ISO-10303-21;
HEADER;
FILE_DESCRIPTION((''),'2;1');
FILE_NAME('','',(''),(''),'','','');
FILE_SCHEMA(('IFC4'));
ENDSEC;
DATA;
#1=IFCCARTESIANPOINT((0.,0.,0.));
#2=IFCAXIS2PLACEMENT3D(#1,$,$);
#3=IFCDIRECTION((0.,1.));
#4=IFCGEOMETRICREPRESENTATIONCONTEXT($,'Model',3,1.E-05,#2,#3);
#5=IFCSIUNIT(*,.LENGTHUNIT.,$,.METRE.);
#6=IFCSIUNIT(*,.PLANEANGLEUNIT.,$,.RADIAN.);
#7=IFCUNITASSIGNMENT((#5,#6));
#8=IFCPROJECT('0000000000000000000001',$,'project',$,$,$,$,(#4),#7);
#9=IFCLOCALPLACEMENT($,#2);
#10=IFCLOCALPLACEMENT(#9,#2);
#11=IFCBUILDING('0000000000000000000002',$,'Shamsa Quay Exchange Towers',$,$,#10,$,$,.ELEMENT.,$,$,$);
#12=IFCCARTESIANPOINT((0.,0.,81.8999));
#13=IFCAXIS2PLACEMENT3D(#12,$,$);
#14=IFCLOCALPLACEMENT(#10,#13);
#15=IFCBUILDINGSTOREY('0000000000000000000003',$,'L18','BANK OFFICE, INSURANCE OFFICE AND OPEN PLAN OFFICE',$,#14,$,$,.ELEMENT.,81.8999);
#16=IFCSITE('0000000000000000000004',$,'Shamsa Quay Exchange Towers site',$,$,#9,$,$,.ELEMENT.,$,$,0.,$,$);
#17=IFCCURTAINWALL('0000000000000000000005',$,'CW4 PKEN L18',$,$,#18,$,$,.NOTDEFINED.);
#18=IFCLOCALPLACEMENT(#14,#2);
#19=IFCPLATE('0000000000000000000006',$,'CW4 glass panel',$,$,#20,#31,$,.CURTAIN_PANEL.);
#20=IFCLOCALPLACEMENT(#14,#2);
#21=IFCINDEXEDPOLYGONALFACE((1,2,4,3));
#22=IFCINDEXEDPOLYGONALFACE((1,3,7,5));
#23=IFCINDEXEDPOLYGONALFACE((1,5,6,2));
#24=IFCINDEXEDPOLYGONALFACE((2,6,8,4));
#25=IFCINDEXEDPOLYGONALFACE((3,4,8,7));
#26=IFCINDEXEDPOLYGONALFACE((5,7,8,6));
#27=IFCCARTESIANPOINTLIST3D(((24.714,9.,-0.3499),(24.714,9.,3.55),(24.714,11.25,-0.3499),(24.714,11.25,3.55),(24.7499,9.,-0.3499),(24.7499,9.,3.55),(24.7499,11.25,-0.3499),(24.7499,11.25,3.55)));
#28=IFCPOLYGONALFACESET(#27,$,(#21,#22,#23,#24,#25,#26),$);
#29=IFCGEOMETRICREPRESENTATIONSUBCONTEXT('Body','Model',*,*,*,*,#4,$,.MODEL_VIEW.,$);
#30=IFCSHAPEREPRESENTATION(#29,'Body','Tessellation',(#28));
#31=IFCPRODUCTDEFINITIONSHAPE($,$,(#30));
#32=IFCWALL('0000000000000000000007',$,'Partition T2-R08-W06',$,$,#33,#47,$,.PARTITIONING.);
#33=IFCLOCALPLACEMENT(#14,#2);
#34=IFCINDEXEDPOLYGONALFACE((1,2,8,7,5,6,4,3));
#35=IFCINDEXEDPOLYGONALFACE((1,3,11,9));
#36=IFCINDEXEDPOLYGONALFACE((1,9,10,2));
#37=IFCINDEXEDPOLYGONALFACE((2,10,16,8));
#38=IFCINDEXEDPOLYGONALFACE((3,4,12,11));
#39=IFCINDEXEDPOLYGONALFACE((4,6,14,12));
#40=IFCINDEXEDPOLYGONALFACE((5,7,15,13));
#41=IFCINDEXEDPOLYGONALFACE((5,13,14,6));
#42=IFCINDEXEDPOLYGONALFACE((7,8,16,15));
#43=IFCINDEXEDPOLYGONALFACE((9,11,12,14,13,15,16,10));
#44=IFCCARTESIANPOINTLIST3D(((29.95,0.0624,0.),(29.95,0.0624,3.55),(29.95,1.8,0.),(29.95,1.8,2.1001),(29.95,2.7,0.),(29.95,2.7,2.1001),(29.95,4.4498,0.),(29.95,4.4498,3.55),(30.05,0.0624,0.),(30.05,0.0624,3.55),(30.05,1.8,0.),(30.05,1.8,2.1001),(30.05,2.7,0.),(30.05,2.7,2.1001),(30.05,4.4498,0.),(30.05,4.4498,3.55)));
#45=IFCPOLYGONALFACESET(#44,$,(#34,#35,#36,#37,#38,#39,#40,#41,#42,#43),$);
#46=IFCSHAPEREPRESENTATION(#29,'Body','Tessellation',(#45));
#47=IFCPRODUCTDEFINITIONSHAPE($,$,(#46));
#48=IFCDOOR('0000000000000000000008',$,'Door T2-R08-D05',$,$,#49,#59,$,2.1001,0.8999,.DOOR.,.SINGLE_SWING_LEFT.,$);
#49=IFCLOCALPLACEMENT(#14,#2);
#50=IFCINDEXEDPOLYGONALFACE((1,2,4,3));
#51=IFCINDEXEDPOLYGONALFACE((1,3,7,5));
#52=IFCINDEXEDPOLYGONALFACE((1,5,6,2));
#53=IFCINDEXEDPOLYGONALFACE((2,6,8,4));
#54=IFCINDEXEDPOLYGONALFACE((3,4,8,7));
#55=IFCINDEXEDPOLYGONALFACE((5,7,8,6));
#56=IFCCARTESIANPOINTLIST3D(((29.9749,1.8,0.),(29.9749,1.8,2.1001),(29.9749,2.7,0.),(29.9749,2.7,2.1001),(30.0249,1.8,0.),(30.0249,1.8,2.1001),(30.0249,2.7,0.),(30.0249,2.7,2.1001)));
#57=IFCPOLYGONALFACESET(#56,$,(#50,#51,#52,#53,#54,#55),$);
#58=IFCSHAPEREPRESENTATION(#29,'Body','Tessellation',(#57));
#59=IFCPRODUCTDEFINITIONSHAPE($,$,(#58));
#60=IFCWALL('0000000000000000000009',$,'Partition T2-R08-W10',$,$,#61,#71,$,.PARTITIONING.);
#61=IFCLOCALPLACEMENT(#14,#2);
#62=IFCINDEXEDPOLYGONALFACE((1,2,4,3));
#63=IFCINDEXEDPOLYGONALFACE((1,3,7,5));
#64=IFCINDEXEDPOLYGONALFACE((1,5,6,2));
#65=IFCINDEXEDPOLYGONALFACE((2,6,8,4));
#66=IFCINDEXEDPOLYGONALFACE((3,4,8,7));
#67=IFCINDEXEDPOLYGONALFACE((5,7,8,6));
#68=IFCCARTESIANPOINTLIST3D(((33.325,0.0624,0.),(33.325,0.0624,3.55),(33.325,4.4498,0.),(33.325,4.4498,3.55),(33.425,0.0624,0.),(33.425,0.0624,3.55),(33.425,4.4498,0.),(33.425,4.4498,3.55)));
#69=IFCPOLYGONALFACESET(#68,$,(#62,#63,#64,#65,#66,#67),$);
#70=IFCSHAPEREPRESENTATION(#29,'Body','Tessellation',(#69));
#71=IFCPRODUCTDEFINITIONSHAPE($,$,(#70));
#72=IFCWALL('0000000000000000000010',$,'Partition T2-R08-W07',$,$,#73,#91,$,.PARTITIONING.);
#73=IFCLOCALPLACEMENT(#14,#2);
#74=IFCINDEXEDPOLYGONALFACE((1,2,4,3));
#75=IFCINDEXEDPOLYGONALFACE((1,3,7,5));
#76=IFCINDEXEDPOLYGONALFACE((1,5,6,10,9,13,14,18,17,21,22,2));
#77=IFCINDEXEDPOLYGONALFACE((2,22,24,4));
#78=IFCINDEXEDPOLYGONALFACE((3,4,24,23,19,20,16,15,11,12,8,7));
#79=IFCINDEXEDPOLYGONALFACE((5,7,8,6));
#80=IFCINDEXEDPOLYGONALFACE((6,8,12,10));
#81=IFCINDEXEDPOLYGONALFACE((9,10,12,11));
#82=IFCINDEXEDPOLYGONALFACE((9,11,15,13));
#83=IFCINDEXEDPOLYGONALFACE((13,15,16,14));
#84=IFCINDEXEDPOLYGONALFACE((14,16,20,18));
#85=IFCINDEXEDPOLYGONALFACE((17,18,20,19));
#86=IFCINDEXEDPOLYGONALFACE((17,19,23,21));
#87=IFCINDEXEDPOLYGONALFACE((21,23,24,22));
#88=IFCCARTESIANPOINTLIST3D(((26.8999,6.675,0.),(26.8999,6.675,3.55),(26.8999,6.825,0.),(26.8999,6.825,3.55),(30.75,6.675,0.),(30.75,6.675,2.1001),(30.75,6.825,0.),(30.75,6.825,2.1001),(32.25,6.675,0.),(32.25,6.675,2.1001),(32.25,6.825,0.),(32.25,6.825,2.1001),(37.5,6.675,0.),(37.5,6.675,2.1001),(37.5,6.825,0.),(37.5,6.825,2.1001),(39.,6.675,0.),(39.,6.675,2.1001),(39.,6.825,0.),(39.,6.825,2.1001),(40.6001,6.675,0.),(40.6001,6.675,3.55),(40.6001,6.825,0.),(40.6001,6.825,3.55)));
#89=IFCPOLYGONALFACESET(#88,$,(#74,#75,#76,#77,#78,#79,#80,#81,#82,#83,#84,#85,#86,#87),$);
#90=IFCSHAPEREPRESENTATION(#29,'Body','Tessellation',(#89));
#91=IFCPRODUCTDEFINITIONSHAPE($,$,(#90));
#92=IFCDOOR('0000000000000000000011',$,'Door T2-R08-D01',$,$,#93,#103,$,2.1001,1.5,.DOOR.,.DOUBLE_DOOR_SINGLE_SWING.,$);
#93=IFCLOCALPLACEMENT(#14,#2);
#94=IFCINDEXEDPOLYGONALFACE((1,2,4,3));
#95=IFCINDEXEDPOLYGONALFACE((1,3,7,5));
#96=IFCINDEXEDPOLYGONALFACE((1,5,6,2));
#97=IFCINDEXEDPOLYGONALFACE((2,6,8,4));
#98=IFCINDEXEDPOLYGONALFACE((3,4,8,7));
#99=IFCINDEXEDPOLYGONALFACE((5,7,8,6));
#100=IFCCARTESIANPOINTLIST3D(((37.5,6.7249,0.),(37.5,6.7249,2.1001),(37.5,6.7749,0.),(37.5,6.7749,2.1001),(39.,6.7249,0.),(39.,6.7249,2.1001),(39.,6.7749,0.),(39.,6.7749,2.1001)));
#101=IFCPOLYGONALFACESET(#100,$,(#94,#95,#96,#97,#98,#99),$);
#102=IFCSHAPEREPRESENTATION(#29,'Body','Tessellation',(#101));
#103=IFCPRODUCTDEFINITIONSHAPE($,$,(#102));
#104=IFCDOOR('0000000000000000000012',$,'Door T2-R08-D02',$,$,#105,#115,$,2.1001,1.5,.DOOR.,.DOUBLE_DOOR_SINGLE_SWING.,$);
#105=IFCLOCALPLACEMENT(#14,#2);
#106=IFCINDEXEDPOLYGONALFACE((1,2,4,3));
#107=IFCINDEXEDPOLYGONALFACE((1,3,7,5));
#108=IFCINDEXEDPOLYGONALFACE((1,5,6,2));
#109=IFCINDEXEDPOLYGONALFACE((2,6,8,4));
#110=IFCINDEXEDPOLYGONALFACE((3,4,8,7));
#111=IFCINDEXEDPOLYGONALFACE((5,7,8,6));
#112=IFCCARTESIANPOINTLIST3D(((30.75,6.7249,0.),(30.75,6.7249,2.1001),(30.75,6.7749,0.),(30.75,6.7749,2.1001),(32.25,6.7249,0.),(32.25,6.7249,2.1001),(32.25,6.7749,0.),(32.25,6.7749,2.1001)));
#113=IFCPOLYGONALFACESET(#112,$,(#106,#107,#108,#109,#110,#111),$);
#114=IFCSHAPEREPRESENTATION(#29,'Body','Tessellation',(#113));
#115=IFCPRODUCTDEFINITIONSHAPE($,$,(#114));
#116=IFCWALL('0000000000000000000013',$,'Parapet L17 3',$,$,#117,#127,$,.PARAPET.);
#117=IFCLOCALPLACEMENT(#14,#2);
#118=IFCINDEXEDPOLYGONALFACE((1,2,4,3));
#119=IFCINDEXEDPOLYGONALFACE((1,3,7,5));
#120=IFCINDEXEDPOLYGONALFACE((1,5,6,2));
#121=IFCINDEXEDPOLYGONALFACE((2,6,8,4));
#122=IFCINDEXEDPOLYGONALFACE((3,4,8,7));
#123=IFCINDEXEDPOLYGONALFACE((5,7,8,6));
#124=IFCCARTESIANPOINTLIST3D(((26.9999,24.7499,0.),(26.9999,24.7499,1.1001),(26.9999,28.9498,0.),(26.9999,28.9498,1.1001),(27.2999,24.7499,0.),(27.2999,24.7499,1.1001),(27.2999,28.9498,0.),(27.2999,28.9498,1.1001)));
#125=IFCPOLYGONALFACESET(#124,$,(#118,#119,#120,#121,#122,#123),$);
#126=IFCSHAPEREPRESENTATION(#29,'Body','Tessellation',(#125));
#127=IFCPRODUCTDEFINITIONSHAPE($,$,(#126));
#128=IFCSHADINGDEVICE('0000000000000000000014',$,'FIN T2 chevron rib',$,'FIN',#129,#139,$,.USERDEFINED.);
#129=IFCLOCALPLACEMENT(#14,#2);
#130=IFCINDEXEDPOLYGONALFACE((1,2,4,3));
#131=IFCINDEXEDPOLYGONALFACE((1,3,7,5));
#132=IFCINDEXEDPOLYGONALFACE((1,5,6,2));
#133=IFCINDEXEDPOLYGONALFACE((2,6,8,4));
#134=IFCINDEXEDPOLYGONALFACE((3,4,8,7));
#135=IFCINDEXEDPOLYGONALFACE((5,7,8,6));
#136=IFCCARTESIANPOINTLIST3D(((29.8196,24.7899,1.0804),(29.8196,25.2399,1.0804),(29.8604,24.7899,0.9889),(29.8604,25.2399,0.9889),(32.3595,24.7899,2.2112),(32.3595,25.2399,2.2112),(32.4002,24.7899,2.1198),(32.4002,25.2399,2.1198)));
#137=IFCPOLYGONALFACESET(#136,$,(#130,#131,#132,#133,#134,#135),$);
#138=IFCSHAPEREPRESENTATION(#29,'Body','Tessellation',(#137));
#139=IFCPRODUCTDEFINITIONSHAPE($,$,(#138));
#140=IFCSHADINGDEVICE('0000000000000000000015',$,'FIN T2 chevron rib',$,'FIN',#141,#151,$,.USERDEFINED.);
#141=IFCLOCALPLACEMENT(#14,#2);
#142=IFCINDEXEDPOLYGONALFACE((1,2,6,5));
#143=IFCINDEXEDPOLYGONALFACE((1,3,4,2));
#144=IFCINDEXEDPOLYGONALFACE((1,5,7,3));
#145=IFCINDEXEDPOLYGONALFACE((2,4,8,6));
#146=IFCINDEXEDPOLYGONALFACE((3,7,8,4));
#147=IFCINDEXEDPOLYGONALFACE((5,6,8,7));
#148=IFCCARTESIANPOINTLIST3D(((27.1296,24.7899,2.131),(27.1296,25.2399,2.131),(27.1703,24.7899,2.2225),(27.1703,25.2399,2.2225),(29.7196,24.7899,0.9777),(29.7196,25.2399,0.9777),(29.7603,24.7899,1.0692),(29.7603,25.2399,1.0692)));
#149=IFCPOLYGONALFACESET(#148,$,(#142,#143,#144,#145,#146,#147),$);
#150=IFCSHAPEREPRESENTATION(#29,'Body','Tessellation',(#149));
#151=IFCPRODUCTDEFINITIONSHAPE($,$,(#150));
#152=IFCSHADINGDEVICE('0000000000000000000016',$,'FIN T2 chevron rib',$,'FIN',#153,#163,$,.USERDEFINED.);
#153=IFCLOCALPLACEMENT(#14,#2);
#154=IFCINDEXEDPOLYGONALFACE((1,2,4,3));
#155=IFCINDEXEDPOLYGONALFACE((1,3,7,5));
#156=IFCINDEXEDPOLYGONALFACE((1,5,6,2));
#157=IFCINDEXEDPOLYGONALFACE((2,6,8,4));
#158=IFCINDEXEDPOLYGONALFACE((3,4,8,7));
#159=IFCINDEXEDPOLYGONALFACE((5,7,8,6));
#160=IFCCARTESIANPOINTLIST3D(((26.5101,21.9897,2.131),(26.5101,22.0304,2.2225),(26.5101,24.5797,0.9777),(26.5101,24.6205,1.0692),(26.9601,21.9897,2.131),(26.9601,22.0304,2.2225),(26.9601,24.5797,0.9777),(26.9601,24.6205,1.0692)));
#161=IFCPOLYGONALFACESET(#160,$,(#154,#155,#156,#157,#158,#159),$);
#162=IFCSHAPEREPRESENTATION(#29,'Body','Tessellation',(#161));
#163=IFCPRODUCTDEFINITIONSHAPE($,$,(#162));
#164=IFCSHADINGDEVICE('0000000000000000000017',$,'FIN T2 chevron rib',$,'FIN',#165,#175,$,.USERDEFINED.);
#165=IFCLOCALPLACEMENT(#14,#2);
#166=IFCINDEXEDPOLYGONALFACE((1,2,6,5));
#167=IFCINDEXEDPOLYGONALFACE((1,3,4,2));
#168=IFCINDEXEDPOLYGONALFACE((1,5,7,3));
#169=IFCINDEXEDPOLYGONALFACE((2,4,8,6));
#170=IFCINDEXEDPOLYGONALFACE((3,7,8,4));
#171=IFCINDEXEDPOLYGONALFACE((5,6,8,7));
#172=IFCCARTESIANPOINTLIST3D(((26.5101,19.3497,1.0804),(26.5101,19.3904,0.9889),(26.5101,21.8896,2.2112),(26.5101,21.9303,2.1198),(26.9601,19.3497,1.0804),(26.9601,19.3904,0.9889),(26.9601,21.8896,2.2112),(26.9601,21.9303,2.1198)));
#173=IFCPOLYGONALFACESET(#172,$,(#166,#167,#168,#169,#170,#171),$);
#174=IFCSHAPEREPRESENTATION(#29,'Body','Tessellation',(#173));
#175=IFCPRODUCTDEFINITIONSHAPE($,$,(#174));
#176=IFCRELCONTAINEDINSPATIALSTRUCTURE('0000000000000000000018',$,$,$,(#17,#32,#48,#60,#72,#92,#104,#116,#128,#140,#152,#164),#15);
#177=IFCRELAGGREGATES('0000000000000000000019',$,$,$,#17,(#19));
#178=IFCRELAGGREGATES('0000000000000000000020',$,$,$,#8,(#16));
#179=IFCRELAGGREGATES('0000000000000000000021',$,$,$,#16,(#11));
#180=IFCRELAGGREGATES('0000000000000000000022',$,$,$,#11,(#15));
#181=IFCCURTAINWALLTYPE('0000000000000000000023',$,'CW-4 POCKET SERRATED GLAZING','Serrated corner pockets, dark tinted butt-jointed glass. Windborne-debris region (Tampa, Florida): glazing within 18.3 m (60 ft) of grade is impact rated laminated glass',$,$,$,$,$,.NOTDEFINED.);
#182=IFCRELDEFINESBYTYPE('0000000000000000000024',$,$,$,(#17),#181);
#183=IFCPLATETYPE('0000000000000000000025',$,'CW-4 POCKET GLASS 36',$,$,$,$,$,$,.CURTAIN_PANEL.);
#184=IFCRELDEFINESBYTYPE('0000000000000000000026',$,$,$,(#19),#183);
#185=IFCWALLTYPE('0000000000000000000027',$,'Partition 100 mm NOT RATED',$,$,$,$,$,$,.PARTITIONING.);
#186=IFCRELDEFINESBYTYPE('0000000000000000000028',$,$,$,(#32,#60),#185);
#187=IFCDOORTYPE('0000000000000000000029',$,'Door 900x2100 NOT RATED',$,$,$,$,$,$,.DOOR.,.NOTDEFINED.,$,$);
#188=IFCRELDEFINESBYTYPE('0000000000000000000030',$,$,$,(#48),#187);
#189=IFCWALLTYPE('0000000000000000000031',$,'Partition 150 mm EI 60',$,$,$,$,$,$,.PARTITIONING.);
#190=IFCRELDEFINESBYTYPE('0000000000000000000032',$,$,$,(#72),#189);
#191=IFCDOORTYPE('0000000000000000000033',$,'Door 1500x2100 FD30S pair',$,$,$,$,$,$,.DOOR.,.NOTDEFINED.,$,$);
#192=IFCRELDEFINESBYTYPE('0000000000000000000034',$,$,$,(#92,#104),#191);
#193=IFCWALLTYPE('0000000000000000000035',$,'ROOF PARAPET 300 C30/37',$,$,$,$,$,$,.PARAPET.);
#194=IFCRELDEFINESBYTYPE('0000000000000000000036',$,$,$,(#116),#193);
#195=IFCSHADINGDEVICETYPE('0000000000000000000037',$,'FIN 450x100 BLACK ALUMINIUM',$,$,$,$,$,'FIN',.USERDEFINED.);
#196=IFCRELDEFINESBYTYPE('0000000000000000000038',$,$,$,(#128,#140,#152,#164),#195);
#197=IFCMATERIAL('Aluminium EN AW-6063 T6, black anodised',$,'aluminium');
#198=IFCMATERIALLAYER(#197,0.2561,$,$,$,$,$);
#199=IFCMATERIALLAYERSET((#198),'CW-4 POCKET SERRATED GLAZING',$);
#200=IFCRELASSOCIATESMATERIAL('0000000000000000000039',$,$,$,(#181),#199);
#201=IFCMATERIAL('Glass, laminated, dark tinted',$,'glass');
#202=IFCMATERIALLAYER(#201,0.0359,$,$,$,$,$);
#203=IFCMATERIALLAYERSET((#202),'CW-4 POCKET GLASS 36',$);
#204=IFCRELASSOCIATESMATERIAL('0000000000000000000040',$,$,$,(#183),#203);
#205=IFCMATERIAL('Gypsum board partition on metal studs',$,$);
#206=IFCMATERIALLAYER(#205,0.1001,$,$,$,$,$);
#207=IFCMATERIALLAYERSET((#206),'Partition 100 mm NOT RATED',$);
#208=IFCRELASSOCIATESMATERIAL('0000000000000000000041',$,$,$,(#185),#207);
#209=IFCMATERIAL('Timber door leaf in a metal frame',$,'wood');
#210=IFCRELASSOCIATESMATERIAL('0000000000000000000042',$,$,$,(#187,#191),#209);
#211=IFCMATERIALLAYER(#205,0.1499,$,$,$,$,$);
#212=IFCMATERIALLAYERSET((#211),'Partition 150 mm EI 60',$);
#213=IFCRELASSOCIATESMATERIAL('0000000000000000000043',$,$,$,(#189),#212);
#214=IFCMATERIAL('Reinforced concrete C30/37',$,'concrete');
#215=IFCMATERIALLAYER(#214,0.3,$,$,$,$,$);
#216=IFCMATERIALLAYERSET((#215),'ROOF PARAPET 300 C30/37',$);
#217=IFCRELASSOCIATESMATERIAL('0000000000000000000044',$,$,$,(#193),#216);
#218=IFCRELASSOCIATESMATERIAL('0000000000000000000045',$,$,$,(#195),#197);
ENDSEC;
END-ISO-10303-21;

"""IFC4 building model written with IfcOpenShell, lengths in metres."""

from ifc_helpers import new_model, si_unit, direction, frame, frame_2d, origin, origin_2d, place, context, subcontext, project, spatial, rectangle, extrude, material, layer, layer_set, material_profile, profile_set, type_object, element, fill, aggregate, save


model = new_model("IFC4")

# Units and contexts
model_context = context("Model", 3, precision=1e-05, world=origin(), true_north=direction((0.0, 1.0)))
body_context = subcontext(model_context, "Body", "Model", "MODEL_VIEW")
ifc_project = project(units=[si_unit("LENGTHUNIT", "METRE"), si_unit("PLANEANGLEUNIT", "RADIAN")], contexts=[model_context])

# Site, building, storey
site_placement = place(None, origin())
site = spatial("IfcSite", under=ifc_project, at=site_placement, Name="Shamsa Quay Exchange Towers site", CompositionType="ELEMENT", RefElevation=0.0)
building_placement = place(site_placement, origin())
building = spatial("IfcBuilding", under=site, at=building_placement, Name="Shamsa Quay Exchange Towers", CompositionType="ELEMENT")
storey_placement = place(building_placement, frame((0.0, 0.0, 81.8999)))
storey = spatial("IfcBuildingStorey", under=building, at=storey_placement, Name="L18", Description="BANK OFFICE, INSURANCE OFFICE AND OPEN PLAN OFFICE", CompositionType="ELEMENT", Elevation=81.8999)

# Shared definitions
ifc_material_1 = material(Name="Aluminium EN AW-6063 T6, black anodised", Category="aluminium")

# Shared definitions
ifc_material_2 = material(Name="Glass, laminated, dark tinted", Category="glass")

# Curtain wall, plate
ifc_layer_1 = layer(ifc_material_1, 0.2561)
ifc_layer_set_1 = layer_set([ifc_layer_1], Name="CW-4 POCKET SERRATED GLAZING")
curtain_wall_type_1 = type_object("IfcCurtainWallType", Name="CW-4 POCKET SERRATED GLAZING", Description="Serrated corner pockets, dark tinted butt-jointed glass. Windborne-debris region (Tampa, Florida): glazing within 18.3 m (60 ft) of grade is impact rated laminated glass", PredefinedType="NOTDEFINED", material=ifc_layer_set_1)
curtain_wall_1_placement = place(storey_placement, origin())
curtain_wall_1 = element("IfcCurtainWall", 1, at=curtain_wall_1_placement, inside=storey, type_object=curtain_wall_type_1, Name="CW4 PKEN L18", PredefinedType="NOTDEFINED")
ifc_layer_2 = layer(ifc_material_2, 0.0359)
ifc_layer_set_2 = layer_set([ifc_layer_2], Name="CW-4 POCKET GLASS 36")
plate_type_1 = type_object("IfcPlateType", Name="CW-4 POCKET GLASS 36", PredefinedType="CURTAIN_PANEL", material=ifc_layer_set_2)
plate_1_placement = place(storey_placement, frame((24.7319, 10.125, -0.3499), z_axis=(0.0, 0.0, 1.0), x_axis=(0.0, -1.0, 0.0)))
plate_1 = element("IfcPlate", 2, at=plate_1_placement, type_object=plate_type_1, Name="CW4 glass panel", PredefinedType="CURTAIN_PANEL", context=body_context, shape_type="SweptSolid", body=[
    extrude(rectangle(XDim=2.25, YDim=0.0359, at=origin_2d()), origin(), (0.0, 0.0, 1.0), 3.8999),
])
aggregate(curtain_wall_1, [plate_1])

# Wall, opening, door
ifc_material_3 = material(Name="Gypsum board partition on metal studs")
ifc_layer_3 = layer(ifc_material_3, 0.1001)
ifc_layer_set_3 = layer_set([ifc_layer_3], Name="Partition 100 mm NOT RATED")
wall_type_1 = type_object("IfcWallType", Name="Partition 100 mm NOT RATED", PredefinedType="PARTITIONING", material=ifc_layer_set_3)
wall_1_placement = place(storey_placement, frame((30.0, 4.45, 0.0), z_axis=(0.0, 0.0, 1.0), x_axis=(0.0, -1.0, 0.0)))
wall_1 = element("IfcWall", 3, at=wall_1_placement, inside=storey, type_object=wall_type_1, Name="Partition T2-R08-W06", PredefinedType="PARTITIONING", context=body_context, shape_type="SweptSolid", body=[
    extrude(rectangle(XDim=4.3875, YDim=0.1001, at=frame_2d((2.1938, 0.0))), origin(), (0.0, 0.0, 1.0), 3.55),
])
opening_1_placement = place(wall_1_placement, frame((1.75, 0.0, 0.0)))
opening_1 = element("IfcOpeningElement", 4, at=opening_1_placement, cuts=wall_1, PredefinedType="OPENING", context=body_context, shape_type="SweptSolid", body=[
    extrude(rectangle(XDim=0.8999, YDim=2.1001, at=frame_2d((0.45, 1.05))), frame((0.0, 0.0601, 0.0), z_axis=(0.0, -1.0, 0.0), x_axis=(1.0, 0.0, 0.0)), (0.0, 0.0, 1.0), 0.1201),
])
ifc_material_4 = material(Name="Timber door leaf in a metal frame", Category="wood")
door_type_1 = type_object("IfcDoorType", Name="Door 900x2100 NOT RATED", OperationType="NOTDEFINED", PredefinedType="DOOR", material=ifc_material_4)
door_1_placement = place(opening_1_placement, origin())
door_1 = element("IfcDoor", 5, at=door_1_placement, inside=storey, type_object=door_type_1, Name="Door T2-R08-D05", OperationType="SINGLE_SWING_LEFT", OverallHeight=2.1001, OverallWidth=0.8999, PredefinedType="DOOR", context=body_context, shape_type="SweptSolid", body=[
    extrude(rectangle(XDim=0.8999, YDim=2.1001, at=frame_2d((0.45, 1.05))), frame((0.0, 0.0249, 0.0), z_axis=(0.0, -1.0, 0.0), x_axis=(1.0, 0.0, 0.0)), (0.0, 0.0, 1.0), 0.05),
])
fill(opening_1, door_1)

# Wall
wall_2_placement = place(storey_placement, frame((33.375, 4.45, 0.0), z_axis=(0.0, 0.0, 1.0), x_axis=(0.0, -1.0, 0.0)))
element("IfcWall", 6, at=wall_2_placement, inside=storey, type_object=wall_type_1, Name="Partition T2-R08-W10", PredefinedType="PARTITIONING", context=body_context, shape_type="SweptSolid", body=[
    extrude(rectangle(XDim=4.3875, YDim=0.1001, at=frame_2d((2.1938, 0.0))), origin(), (0.0, 0.0, 1.0), 3.55),
])

# Wall, openings, doors
ifc_layer_4 = layer(ifc_material_3, 0.1499)
ifc_layer_set_4 = layer_set([ifc_layer_4], Name="Partition 150 mm EI 60")
wall_type_2 = type_object("IfcWallType", Name="Partition 150 mm EI 60", PredefinedType="PARTITIONING", material=ifc_layer_set_4)
wall_3_placement = place(storey_placement, frame((26.8999, 6.75, 0.0)))
wall_3 = element("IfcWall", 7, at=wall_3_placement, inside=storey, type_object=wall_type_2, Name="Partition T2-R08-W07", PredefinedType="PARTITIONING", context=body_context, shape_type="SweptSolid", body=[
    extrude(rectangle(XDim=13.7002, YDim=0.1499, at=frame_2d((6.8501, 0.0))), origin(), (0.0, 0.0, 1.0), 3.55),
])
opening_2_placement = place(wall_3_placement, frame((10.6001, 0.0, 0.0)))
opening_2 = element("IfcOpeningElement", 8, at=opening_2_placement, cuts=wall_3, PredefinedType="OPENING", context=body_context, shape_type="SweptSolid", body=[
    extrude(rectangle(XDim=1.5, YDim=2.1001, at=frame_2d((0.75, 1.05))), frame((0.0, 0.085, 0.0), z_axis=(0.0, -1.0, 0.0), x_axis=(1.0, 0.0, 0.0)), (0.0, 0.0, 1.0), 0.1699),
])
opening_3_placement = place(wall_3_placement, frame((3.8501, 0.0, 0.0)))
opening_3 = element("IfcOpeningElement", 9, at=opening_3_placement, cuts=wall_3, PredefinedType="OPENING", context=body_context, shape_type="SweptSolid", body=[
    extrude(rectangle(XDim=1.5, YDim=2.1001, at=frame_2d((0.75, 1.05))), frame((0.0, 0.085, 0.0), z_axis=(0.0, -1.0, 0.0), x_axis=(1.0, 0.0, 0.0)), (0.0, 0.0, 1.0), 0.1699),
])
door_type_2 = type_object("IfcDoorType", Name="Door 1500x2100 FD30S pair", OperationType="NOTDEFINED", PredefinedType="DOOR", material=ifc_material_4)
door_2_placement = place(opening_2_placement, origin())
door_2 = element("IfcDoor", 10, at=door_2_placement, inside=storey, type_object=door_type_2, Name="Door T2-R08-D01", OperationType="DOUBLE_DOOR_SINGLE_SWING", OverallHeight=2.1001, OverallWidth=1.5, PredefinedType="DOOR", context=body_context, shape_type="SweptSolid", body=[
    extrude(rectangle(XDim=1.5, YDim=2.1001, at=frame_2d((0.75, 1.05))), frame((0.0, 0.0249, 0.0), z_axis=(0.0, -1.0, 0.0), x_axis=(1.0, 0.0, 0.0)), (0.0, 0.0, 1.0), 0.05),
])
fill(opening_2, door_2)
door_3_placement = place(opening_3_placement, origin())
door_3 = element("IfcDoor", 11, at=door_3_placement, inside=storey, type_object=door_type_2, Name="Door T2-R08-D02", OperationType="DOUBLE_DOOR_SINGLE_SWING", OverallHeight=2.1001, OverallWidth=1.5, PredefinedType="DOOR", context=body_context, shape_type="SweptSolid", body=[
    extrude(rectangle(XDim=1.5, YDim=2.1001, at=frame_2d((0.75, 1.05))), frame((0.0, 0.0249, 0.0), z_axis=(0.0, -1.0, 0.0), x_axis=(1.0, 0.0, 0.0)), (0.0, 0.0, 1.0), 0.05),
])
fill(opening_3, door_3)

# Wall
ifc_material_5 = material(Name="Reinforced concrete C30/37", Category="concrete")
ifc_layer_5 = layer(ifc_material_5, 0.3)
ifc_layer_set_5 = layer_set([ifc_layer_5], Name="ROOF PARAPET 300 C30/37")
wall_type_3 = type_object("IfcWallType", Name="ROOF PARAPET 300 C30/37", PredefinedType="PARAPET", material=ifc_layer_set_5)
wall_4_placement = place(storey_placement, frame((27.1499, 28.95, 0.0), z_axis=(0.0, 0.0, 1.0), x_axis=(0.0, -1.0, 0.0)))
element("IfcWall", 12, at=wall_4_placement, inside=storey, type_object=wall_type_3, Name="Parapet L17 3", PredefinedType="PARAPET", context=body_context, shape_type="SweptSolid", body=[
    extrude(rectangle(XDim=4.2, YDim=0.3, at=frame_2d((2.1001, 0.0))), origin(), (0.0, 0.0, 1.0), 1.1001),
])

# Shading devices
ifc_material_profile_1 = material_profile(ifc_material_1, rectangle(XDim=0.45, YDim=0.1001, at=origin_2d()), Name="FIN450x100")
ifc_profile_set_1 = profile_set([ifc_material_profile_1], Name="Aluminium EN AW-6063 T6, black anodised")
shading_device_type = type_object("IfcShadingDeviceType", Name="FIN 450x100 BLACK ALUMINIUM", ElementType="FIN", PredefinedType="USERDEFINED", material=ifc_profile_set_1)
shading_device_1_placement = place(storey_placement, frame((32.3799, 25.0149, 2.1655), z_axis=(-0.913536, 0.0, -0.406758), x_axis=(0.0, -1.0, 0.0)))
element("IfcShadingDevice", 13, at=shading_device_1_placement, inside=storey, type_object=shading_device_type, Name="FIN T2 chevron rib", ObjectType="FIN", PredefinedType="USERDEFINED", context=body_context, shape_type="SweptSolid", body=[
    extrude(rectangle(XDim=0.45, YDim=0.1001, at=origin_2d()), origin(), (0.0, 0.0, 1.0), 2.7803),
])
for number, where, z_axis, x_axis, name in (
    (14, (29.74, 25.0149, 1.0234), (-0.913527, 0.0, 0.406778), (0.0, -1.0, 0.0), "FIN T2 chevron rib"),
    (15, (26.7351, 24.6001, 1.0234), (0.0, -0.913527, 0.406778), (1.0, 0.0, 0.0), "FIN T2 chevron rib"),
):
    element("IfcShadingDevice", number, at=place(storey_placement, frame(where, z_axis=z_axis, x_axis=x_axis)), inside=storey, type_object=shading_device_type, Name=name, ObjectType="FIN", PredefinedType="USERDEFINED", context=body_context, shape_type="SweptSolid", body=[
        extrude(rectangle(XDim=0.45, YDim=0.1001, at=origin_2d()), origin(), (0.0, 0.0, 1.0), 2.8352),
    ])
shading_device_2_placement = place(storey_placement, frame((26.7351, 21.9099, 2.1655), z_axis=(0.0, -0.913536, -0.406758), x_axis=(1.0, 0.0, 0.0)))
element("IfcShadingDevice", 16, at=shading_device_2_placement, inside=storey, type_object=shading_device_type, Name="FIN T2 chevron rib", ObjectType="FIN", PredefinedType="USERDEFINED", context=body_context, shape_type="SweptSolid", body=[
    extrude(rectangle(XDim=0.45, YDim=0.1001, at=origin_2d()), origin(), (0.0, 0.0, 1.0), 2.7803),
])

save(model, "model.ifc")
